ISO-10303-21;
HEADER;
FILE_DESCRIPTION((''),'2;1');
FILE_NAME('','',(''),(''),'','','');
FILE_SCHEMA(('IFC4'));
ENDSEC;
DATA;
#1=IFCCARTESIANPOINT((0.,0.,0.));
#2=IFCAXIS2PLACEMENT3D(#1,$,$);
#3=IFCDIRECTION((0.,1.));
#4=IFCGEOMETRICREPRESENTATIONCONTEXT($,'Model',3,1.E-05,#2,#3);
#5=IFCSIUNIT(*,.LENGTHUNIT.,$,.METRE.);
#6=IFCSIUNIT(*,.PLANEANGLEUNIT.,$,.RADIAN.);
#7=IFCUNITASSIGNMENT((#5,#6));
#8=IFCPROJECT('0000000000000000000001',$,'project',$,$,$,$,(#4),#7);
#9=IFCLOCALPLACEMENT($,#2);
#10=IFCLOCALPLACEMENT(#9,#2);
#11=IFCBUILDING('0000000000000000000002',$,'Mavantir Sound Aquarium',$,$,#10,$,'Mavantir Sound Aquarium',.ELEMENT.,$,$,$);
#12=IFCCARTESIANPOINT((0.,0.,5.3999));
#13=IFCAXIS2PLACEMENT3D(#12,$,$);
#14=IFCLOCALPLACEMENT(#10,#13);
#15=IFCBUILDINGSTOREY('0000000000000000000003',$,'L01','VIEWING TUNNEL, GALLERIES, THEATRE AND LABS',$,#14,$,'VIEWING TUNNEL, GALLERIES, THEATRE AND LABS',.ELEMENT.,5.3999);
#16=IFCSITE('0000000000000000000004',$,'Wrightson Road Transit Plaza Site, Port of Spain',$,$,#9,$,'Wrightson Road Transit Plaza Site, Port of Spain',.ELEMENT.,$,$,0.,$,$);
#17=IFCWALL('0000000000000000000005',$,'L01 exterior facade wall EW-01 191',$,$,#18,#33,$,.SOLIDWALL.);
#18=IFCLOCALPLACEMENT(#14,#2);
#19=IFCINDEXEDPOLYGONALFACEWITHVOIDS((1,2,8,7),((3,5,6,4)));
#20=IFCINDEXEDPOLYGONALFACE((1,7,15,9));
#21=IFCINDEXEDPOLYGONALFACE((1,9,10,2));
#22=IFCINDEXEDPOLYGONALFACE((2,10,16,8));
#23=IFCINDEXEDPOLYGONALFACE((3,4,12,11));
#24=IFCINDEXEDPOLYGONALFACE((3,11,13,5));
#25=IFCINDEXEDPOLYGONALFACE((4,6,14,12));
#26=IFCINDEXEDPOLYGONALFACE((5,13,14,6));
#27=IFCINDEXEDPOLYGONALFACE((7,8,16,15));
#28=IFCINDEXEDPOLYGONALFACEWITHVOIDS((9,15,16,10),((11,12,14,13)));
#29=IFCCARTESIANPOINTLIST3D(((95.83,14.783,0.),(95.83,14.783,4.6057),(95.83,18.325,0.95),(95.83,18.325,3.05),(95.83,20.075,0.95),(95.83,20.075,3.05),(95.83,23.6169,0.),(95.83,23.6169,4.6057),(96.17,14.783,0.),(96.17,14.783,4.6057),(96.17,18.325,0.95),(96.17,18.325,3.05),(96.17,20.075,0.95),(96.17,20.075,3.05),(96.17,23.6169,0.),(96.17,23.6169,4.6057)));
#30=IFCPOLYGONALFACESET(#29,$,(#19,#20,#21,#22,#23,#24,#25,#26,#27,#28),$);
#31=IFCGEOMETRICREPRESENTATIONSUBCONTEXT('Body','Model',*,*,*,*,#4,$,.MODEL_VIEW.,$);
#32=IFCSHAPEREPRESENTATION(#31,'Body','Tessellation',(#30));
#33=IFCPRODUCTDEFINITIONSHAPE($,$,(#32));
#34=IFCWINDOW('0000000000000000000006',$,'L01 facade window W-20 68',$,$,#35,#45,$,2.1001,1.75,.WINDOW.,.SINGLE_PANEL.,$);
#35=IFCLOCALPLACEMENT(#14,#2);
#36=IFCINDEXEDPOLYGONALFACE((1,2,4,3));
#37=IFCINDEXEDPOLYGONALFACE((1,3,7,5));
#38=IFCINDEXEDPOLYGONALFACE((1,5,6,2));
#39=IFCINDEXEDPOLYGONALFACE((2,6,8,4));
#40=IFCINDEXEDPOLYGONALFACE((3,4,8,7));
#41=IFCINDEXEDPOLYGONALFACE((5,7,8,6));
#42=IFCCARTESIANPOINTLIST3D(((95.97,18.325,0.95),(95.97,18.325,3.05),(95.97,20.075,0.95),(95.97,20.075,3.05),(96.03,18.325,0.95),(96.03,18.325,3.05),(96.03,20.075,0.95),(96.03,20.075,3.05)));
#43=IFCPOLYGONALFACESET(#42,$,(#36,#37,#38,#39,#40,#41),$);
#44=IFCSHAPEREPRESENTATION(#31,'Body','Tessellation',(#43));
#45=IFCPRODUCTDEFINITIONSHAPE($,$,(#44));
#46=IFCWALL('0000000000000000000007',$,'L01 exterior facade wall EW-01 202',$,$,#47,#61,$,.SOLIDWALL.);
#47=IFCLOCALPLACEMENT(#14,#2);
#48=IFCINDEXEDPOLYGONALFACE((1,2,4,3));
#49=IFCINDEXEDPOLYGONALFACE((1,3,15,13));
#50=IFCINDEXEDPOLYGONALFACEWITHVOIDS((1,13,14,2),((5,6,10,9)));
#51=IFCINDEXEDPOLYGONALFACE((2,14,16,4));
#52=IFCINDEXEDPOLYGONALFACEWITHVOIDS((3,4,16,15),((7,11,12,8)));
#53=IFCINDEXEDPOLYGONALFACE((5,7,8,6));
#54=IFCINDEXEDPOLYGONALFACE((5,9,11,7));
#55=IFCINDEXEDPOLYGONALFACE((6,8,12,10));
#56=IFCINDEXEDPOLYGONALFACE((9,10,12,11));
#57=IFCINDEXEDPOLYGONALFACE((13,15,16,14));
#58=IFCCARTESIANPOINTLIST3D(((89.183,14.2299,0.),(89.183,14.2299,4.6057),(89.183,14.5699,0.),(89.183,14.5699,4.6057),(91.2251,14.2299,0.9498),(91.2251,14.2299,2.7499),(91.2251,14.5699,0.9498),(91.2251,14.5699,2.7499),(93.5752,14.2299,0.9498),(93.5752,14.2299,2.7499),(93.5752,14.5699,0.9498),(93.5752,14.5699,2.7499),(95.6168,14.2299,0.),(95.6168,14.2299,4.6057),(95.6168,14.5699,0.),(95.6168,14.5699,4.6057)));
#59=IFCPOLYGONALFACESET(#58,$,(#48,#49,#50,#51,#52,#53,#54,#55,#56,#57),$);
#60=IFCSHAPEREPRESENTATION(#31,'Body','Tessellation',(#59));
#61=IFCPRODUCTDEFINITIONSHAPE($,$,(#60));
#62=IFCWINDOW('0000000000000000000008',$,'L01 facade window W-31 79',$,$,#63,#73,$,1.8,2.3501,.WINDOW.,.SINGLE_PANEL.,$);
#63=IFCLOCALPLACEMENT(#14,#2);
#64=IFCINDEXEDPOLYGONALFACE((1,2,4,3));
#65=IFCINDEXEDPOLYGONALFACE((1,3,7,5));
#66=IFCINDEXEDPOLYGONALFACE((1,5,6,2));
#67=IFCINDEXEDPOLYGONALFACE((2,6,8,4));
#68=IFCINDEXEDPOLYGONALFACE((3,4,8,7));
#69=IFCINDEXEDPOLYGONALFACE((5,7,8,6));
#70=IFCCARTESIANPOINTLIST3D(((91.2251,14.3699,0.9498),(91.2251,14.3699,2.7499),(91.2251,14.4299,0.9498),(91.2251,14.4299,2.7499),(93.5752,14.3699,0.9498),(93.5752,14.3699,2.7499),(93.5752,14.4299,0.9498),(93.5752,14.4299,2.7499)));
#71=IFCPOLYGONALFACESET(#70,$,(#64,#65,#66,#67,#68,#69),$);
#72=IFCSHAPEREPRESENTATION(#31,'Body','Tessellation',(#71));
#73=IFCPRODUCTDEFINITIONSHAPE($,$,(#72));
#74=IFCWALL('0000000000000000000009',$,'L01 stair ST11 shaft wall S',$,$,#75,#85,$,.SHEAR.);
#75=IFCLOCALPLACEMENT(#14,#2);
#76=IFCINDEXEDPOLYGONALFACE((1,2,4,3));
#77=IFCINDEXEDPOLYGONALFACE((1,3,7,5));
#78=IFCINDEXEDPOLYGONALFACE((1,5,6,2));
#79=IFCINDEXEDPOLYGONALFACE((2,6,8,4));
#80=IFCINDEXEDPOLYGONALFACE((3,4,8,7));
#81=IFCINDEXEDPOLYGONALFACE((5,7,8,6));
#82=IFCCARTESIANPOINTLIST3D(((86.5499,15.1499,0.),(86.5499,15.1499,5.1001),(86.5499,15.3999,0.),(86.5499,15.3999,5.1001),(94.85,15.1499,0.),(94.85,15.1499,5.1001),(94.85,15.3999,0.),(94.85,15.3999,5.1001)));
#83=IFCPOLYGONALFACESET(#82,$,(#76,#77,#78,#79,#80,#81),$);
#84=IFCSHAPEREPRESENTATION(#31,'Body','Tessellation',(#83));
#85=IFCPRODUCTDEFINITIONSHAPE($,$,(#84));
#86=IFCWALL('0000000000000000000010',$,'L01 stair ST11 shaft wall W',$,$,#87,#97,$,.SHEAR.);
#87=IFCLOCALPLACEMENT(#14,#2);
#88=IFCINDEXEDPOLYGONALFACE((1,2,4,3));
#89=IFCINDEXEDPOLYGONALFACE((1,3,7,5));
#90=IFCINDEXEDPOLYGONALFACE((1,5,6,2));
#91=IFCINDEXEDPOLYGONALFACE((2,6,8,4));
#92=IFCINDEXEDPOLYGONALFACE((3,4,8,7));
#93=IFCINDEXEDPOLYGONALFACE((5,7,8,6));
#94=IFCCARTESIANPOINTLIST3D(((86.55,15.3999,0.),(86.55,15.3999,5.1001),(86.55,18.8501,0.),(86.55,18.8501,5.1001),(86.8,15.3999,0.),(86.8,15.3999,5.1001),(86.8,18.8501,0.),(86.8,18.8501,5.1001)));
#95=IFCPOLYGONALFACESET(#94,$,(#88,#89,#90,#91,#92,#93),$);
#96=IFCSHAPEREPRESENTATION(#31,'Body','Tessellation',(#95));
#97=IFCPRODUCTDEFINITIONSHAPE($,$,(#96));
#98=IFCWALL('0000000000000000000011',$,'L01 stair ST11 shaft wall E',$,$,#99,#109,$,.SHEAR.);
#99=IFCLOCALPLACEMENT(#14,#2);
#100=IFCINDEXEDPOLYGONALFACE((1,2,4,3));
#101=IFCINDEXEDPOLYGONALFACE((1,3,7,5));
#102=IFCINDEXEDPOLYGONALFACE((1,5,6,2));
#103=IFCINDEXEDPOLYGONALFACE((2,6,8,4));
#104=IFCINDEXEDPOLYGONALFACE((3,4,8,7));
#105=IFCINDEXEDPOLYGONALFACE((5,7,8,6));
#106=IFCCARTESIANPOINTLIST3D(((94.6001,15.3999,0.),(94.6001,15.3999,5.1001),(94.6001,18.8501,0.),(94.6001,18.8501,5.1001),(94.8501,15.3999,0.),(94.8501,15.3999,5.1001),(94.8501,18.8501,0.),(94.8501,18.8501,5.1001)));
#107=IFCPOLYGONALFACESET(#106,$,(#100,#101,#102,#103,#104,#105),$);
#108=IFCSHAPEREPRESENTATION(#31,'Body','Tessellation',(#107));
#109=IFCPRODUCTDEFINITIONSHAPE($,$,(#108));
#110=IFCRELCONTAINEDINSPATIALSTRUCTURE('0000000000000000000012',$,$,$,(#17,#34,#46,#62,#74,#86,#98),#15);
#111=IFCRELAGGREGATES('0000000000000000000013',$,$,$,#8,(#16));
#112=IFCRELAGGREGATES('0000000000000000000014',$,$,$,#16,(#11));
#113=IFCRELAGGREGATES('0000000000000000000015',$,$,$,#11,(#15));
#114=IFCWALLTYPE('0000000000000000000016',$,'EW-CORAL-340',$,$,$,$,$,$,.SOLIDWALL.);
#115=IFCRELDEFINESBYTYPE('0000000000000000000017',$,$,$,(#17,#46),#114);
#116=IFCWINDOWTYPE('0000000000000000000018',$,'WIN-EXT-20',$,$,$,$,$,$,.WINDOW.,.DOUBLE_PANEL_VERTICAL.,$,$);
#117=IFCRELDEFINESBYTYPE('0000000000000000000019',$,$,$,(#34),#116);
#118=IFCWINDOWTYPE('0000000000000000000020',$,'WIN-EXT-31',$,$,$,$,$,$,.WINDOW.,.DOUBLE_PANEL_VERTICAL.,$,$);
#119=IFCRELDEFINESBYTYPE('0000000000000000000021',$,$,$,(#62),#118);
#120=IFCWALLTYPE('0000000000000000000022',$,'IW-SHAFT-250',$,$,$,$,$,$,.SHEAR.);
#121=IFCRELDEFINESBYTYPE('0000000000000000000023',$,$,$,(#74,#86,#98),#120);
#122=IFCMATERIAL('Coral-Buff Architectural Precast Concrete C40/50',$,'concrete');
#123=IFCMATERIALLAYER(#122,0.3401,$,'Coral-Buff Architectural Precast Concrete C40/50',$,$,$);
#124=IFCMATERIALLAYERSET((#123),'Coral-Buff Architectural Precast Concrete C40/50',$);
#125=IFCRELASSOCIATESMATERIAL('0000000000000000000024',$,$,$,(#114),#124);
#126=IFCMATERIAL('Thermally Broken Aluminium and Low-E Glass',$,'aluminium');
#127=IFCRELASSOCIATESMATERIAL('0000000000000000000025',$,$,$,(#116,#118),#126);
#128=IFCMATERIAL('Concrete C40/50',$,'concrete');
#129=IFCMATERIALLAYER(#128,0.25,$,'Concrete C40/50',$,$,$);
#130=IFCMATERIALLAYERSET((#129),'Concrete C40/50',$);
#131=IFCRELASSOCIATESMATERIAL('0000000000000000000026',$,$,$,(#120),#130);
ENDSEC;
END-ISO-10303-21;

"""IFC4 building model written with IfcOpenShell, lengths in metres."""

from ifc_helpers import new_model, si_unit, direction, frame, frame_2d, origin, place, context, subcontext, project, spatial, rectangle, extrude, material, layer, layer_set, type_object, element, fill, save


model = new_model("IFC4")

# Units and contexts
model_context = context("Model", 3, precision=1e-05, world=origin(), true_north=direction((0.0, 1.0)))
body_context = subcontext(model_context, "Body", "Model", "MODEL_VIEW")
ifc_project = project(units=[si_unit("LENGTHUNIT", "METRE"), si_unit("PLANEANGLEUNIT", "RADIAN")], contexts=[model_context])

# Site, building, storey
site_placement = place(None, origin())
site = spatial("IfcSite", under=ifc_project, at=site_placement, Name="Wrightson Road Transit Plaza Site, Port of Spain", LongName="Wrightson Road Transit Plaza Site, Port of Spain", CompositionType="ELEMENT", RefElevation=0.0)
building_placement = place(site_placement, origin())
building = spatial("IfcBuilding", under=site, at=building_placement, Name="Mavantir Sound Aquarium", LongName="Mavantir Sound Aquarium", CompositionType="ELEMENT")
storey_placement = place(building_placement, frame((0.0, 0.0, 5.3999)))
storey = spatial("IfcBuildingStorey", under=building, at=storey_placement, Name="L01", Description="VIEWING TUNNEL, GALLERIES, THEATRE AND LABS", LongName="VIEWING TUNNEL, GALLERIES, THEATRE AND LABS", CompositionType="ELEMENT", Elevation=5.3999)

# Shared definitions
ifc_material_1 = material(Name="Concrete C40/50", Category="concrete")

# Walls, openings, windows
ifc_material_2 = material(Name="Coral-Buff Architectural Precast Concrete C40/50", Category="concrete")
ifc_layer_1 = layer(ifc_material_2, 0.3401, Name="Coral-Buff Architectural Precast Concrete C40/50")
ifc_layer_set_1 = layer_set([ifc_layer_1], Name="Coral-Buff Architectural Precast Concrete C40/50")
wall_type_1 = type_object("IfcWallType", Name="EW-CORAL-340", PredefinedType="SOLIDWALL", material=ifc_layer_set_1)
wall_1_placement = place(storey_placement, frame((96.0, 14.783, 0.0), z_axis=(0.0, 0.0, 1.0), x_axis=(0.0, 1.0, 0.0)))
wall_1 = element("IfcWall", 1, at=wall_1_placement, inside=storey, type_object=wall_type_1, Name="L01 exterior facade wall EW-01 191", PredefinedType="SOLIDWALL", context=body_context, shape_type="SweptSolid", body=[
    extrude(rectangle(XDim=8.834, YDim=0.3401, at=frame_2d((4.417, 0.0))), origin(), (0.0, 0.0, 1.0), 4.6057),
])
opening_1_placement = place(wall_1_placement, frame((3.542, 0.0, 0.95)))
opening_1 = element("IfcOpeningElement", 2, at=opening_1_placement, cuts=wall_1, PredefinedType="OPENING", context=body_context, shape_type="SweptSolid", body=[
    extrude(rectangle(XDim=1.75, YDim=2.1001, at=frame_2d((0.875, 1.05))), frame((0.0, 0.1802, 0.0), z_axis=(0.0, -1.0, 0.0), x_axis=(1.0, 0.0, 0.0)), (0.0, 0.0, 1.0), 0.3601),
])
ifc_material_3 = material(Name="Thermally Broken Aluminium and Low-E Glass", Category="aluminium")
window_type_1 = type_object("IfcWindowType", Name="WIN-EXT-20", PartitioningType="DOUBLE_PANEL_VERTICAL", PredefinedType="WINDOW", material=ifc_material_3)
window_1_placement = place(opening_1_placement, origin())
window_1 = element("IfcWindow", 3, at=window_1_placement, inside=storey, type_object=window_type_1, Name="L01 facade window W-20 68", OverallHeight=2.1001, OverallWidth=1.75, PartitioningType="SINGLE_PANEL", PredefinedType="WINDOW", context=body_context, shape_type="SweptSolid", body=[
    extrude(rectangle(XDim=1.75, YDim=2.1001, at=frame_2d((0.875, 1.05))), frame((0.0, 0.03, 0.0), z_axis=(0.0, -1.0, 0.0), x_axis=(1.0, 0.0, 0.0)), (0.0, 0.0, 1.0), 0.0601),
])
fill(opening_1, window_1)
wall_2_placement = place(storey_placement, frame((89.1831, 14.3999, 0.0), z_axis=(0.0, 0.0, 1.0), x_axis=(1.0, 0.0, 0.0)))
wall_2 = element("IfcWall", 4, at=wall_2_placement, inside=storey, type_object=wall_type_1, Name="L01 exterior facade wall EW-01 202", PredefinedType="SOLIDWALL", context=body_context, shape_type="SweptSolid", body=[
    extrude(rectangle(XDim=6.4338, YDim=0.3401, at=frame_2d((3.2168, 0.0))), origin(), (0.0, 0.0, 1.0), 4.6057),
])
opening_2_placement = place(wall_2_placement, frame((2.042, 0.0, 0.95)))
opening_2 = element("IfcOpeningElement", 5, at=opening_2_placement, cuts=wall_2, PredefinedType="OPENING", context=body_context, shape_type="SweptSolid", body=[
    extrude(rectangle(XDim=2.3501, YDim=1.8, at=frame_2d((1.175, 0.8999))), frame((0.0, 0.1802, 0.0), z_axis=(0.0, -1.0, 0.0), x_axis=(1.0, 0.0, 0.0)), (0.0, 0.0, 1.0), 0.3601),
])
window_type_2 = type_object("IfcWindowType", Name="WIN-EXT-31", PartitioningType="DOUBLE_PANEL_VERTICAL", PredefinedType="WINDOW", material=ifc_material_3)
window_2_placement = place(opening_2_placement, origin())
window_2 = element("IfcWindow", 6, at=window_2_placement, inside=storey, type_object=window_type_2, Name="L01 facade window W-31 79", OverallHeight=1.8, OverallWidth=2.3501, PartitioningType="SINGLE_PANEL", PredefinedType="WINDOW", context=body_context, shape_type="SweptSolid", body=[
    extrude(rectangle(XDim=2.3501, YDim=1.8, at=frame_2d((1.175, 0.8999))), frame((0.0, 0.03, 0.0), z_axis=(0.0, -1.0, 0.0), x_axis=(1.0, 0.0, 0.0)), (0.0, 0.0, 1.0), 0.0601),
])
fill(opening_2, window_2)

# Walls
ifc_layer_2 = layer(ifc_material_1, 0.25, Name="Concrete C40/50")
ifc_layer_set_2 = layer_set([ifc_layer_2], Name="Concrete C40/50")
wall_type_2 = type_object("IfcWallType", Name="IW-SHAFT-250", PredefinedType="SHEAR", material=ifc_layer_set_2)
wall_3_placement = place(storey_placement, frame((86.55, 15.2749, 0.0), z_axis=(0.0, 0.0, 1.0), x_axis=(1.0, 0.0, 0.0)))
element("IfcWall", 7, at=wall_3_placement, inside=storey, type_object=wall_type_2, Name="L01 stair ST11 shaft wall S", PredefinedType="SHEAR", context=body_context, shape_type="SweptSolid", body=[
    extrude(rectangle(XDim=8.3, YDim=0.25, at=frame_2d((4.1499, 0.0))), origin(), (0.0, 0.0, 1.0), 5.1001),
])
for number, where, z_axis, x_axis, name in (
    (8, (86.675, 18.8501, 0.0), (0.0, 0.0, 1.0), (0.0, -1.0, 0.0), "L01 stair ST11 shaft wall W"),
    (9, (94.7251, 15.3999, 0.0), (0.0, 0.0, 1.0), (0.0, 1.0, 0.0), "L01 stair ST11 shaft wall E"),
):
    element("IfcWall", number, at=place(storey_placement, frame(where, z_axis=z_axis, x_axis=x_axis)), inside=storey, type_object=wall_type_2, Name=name, PredefinedType="SHEAR", context=body_context, shape_type="SweptSolid", body=[
        extrude(rectangle(XDim=3.4502, YDim=0.25, at=frame_2d((1.7251, 0.0))), origin(), (0.0, 0.0, 1.0), 5.1001),
    ])

save(model, "model.ifc")
